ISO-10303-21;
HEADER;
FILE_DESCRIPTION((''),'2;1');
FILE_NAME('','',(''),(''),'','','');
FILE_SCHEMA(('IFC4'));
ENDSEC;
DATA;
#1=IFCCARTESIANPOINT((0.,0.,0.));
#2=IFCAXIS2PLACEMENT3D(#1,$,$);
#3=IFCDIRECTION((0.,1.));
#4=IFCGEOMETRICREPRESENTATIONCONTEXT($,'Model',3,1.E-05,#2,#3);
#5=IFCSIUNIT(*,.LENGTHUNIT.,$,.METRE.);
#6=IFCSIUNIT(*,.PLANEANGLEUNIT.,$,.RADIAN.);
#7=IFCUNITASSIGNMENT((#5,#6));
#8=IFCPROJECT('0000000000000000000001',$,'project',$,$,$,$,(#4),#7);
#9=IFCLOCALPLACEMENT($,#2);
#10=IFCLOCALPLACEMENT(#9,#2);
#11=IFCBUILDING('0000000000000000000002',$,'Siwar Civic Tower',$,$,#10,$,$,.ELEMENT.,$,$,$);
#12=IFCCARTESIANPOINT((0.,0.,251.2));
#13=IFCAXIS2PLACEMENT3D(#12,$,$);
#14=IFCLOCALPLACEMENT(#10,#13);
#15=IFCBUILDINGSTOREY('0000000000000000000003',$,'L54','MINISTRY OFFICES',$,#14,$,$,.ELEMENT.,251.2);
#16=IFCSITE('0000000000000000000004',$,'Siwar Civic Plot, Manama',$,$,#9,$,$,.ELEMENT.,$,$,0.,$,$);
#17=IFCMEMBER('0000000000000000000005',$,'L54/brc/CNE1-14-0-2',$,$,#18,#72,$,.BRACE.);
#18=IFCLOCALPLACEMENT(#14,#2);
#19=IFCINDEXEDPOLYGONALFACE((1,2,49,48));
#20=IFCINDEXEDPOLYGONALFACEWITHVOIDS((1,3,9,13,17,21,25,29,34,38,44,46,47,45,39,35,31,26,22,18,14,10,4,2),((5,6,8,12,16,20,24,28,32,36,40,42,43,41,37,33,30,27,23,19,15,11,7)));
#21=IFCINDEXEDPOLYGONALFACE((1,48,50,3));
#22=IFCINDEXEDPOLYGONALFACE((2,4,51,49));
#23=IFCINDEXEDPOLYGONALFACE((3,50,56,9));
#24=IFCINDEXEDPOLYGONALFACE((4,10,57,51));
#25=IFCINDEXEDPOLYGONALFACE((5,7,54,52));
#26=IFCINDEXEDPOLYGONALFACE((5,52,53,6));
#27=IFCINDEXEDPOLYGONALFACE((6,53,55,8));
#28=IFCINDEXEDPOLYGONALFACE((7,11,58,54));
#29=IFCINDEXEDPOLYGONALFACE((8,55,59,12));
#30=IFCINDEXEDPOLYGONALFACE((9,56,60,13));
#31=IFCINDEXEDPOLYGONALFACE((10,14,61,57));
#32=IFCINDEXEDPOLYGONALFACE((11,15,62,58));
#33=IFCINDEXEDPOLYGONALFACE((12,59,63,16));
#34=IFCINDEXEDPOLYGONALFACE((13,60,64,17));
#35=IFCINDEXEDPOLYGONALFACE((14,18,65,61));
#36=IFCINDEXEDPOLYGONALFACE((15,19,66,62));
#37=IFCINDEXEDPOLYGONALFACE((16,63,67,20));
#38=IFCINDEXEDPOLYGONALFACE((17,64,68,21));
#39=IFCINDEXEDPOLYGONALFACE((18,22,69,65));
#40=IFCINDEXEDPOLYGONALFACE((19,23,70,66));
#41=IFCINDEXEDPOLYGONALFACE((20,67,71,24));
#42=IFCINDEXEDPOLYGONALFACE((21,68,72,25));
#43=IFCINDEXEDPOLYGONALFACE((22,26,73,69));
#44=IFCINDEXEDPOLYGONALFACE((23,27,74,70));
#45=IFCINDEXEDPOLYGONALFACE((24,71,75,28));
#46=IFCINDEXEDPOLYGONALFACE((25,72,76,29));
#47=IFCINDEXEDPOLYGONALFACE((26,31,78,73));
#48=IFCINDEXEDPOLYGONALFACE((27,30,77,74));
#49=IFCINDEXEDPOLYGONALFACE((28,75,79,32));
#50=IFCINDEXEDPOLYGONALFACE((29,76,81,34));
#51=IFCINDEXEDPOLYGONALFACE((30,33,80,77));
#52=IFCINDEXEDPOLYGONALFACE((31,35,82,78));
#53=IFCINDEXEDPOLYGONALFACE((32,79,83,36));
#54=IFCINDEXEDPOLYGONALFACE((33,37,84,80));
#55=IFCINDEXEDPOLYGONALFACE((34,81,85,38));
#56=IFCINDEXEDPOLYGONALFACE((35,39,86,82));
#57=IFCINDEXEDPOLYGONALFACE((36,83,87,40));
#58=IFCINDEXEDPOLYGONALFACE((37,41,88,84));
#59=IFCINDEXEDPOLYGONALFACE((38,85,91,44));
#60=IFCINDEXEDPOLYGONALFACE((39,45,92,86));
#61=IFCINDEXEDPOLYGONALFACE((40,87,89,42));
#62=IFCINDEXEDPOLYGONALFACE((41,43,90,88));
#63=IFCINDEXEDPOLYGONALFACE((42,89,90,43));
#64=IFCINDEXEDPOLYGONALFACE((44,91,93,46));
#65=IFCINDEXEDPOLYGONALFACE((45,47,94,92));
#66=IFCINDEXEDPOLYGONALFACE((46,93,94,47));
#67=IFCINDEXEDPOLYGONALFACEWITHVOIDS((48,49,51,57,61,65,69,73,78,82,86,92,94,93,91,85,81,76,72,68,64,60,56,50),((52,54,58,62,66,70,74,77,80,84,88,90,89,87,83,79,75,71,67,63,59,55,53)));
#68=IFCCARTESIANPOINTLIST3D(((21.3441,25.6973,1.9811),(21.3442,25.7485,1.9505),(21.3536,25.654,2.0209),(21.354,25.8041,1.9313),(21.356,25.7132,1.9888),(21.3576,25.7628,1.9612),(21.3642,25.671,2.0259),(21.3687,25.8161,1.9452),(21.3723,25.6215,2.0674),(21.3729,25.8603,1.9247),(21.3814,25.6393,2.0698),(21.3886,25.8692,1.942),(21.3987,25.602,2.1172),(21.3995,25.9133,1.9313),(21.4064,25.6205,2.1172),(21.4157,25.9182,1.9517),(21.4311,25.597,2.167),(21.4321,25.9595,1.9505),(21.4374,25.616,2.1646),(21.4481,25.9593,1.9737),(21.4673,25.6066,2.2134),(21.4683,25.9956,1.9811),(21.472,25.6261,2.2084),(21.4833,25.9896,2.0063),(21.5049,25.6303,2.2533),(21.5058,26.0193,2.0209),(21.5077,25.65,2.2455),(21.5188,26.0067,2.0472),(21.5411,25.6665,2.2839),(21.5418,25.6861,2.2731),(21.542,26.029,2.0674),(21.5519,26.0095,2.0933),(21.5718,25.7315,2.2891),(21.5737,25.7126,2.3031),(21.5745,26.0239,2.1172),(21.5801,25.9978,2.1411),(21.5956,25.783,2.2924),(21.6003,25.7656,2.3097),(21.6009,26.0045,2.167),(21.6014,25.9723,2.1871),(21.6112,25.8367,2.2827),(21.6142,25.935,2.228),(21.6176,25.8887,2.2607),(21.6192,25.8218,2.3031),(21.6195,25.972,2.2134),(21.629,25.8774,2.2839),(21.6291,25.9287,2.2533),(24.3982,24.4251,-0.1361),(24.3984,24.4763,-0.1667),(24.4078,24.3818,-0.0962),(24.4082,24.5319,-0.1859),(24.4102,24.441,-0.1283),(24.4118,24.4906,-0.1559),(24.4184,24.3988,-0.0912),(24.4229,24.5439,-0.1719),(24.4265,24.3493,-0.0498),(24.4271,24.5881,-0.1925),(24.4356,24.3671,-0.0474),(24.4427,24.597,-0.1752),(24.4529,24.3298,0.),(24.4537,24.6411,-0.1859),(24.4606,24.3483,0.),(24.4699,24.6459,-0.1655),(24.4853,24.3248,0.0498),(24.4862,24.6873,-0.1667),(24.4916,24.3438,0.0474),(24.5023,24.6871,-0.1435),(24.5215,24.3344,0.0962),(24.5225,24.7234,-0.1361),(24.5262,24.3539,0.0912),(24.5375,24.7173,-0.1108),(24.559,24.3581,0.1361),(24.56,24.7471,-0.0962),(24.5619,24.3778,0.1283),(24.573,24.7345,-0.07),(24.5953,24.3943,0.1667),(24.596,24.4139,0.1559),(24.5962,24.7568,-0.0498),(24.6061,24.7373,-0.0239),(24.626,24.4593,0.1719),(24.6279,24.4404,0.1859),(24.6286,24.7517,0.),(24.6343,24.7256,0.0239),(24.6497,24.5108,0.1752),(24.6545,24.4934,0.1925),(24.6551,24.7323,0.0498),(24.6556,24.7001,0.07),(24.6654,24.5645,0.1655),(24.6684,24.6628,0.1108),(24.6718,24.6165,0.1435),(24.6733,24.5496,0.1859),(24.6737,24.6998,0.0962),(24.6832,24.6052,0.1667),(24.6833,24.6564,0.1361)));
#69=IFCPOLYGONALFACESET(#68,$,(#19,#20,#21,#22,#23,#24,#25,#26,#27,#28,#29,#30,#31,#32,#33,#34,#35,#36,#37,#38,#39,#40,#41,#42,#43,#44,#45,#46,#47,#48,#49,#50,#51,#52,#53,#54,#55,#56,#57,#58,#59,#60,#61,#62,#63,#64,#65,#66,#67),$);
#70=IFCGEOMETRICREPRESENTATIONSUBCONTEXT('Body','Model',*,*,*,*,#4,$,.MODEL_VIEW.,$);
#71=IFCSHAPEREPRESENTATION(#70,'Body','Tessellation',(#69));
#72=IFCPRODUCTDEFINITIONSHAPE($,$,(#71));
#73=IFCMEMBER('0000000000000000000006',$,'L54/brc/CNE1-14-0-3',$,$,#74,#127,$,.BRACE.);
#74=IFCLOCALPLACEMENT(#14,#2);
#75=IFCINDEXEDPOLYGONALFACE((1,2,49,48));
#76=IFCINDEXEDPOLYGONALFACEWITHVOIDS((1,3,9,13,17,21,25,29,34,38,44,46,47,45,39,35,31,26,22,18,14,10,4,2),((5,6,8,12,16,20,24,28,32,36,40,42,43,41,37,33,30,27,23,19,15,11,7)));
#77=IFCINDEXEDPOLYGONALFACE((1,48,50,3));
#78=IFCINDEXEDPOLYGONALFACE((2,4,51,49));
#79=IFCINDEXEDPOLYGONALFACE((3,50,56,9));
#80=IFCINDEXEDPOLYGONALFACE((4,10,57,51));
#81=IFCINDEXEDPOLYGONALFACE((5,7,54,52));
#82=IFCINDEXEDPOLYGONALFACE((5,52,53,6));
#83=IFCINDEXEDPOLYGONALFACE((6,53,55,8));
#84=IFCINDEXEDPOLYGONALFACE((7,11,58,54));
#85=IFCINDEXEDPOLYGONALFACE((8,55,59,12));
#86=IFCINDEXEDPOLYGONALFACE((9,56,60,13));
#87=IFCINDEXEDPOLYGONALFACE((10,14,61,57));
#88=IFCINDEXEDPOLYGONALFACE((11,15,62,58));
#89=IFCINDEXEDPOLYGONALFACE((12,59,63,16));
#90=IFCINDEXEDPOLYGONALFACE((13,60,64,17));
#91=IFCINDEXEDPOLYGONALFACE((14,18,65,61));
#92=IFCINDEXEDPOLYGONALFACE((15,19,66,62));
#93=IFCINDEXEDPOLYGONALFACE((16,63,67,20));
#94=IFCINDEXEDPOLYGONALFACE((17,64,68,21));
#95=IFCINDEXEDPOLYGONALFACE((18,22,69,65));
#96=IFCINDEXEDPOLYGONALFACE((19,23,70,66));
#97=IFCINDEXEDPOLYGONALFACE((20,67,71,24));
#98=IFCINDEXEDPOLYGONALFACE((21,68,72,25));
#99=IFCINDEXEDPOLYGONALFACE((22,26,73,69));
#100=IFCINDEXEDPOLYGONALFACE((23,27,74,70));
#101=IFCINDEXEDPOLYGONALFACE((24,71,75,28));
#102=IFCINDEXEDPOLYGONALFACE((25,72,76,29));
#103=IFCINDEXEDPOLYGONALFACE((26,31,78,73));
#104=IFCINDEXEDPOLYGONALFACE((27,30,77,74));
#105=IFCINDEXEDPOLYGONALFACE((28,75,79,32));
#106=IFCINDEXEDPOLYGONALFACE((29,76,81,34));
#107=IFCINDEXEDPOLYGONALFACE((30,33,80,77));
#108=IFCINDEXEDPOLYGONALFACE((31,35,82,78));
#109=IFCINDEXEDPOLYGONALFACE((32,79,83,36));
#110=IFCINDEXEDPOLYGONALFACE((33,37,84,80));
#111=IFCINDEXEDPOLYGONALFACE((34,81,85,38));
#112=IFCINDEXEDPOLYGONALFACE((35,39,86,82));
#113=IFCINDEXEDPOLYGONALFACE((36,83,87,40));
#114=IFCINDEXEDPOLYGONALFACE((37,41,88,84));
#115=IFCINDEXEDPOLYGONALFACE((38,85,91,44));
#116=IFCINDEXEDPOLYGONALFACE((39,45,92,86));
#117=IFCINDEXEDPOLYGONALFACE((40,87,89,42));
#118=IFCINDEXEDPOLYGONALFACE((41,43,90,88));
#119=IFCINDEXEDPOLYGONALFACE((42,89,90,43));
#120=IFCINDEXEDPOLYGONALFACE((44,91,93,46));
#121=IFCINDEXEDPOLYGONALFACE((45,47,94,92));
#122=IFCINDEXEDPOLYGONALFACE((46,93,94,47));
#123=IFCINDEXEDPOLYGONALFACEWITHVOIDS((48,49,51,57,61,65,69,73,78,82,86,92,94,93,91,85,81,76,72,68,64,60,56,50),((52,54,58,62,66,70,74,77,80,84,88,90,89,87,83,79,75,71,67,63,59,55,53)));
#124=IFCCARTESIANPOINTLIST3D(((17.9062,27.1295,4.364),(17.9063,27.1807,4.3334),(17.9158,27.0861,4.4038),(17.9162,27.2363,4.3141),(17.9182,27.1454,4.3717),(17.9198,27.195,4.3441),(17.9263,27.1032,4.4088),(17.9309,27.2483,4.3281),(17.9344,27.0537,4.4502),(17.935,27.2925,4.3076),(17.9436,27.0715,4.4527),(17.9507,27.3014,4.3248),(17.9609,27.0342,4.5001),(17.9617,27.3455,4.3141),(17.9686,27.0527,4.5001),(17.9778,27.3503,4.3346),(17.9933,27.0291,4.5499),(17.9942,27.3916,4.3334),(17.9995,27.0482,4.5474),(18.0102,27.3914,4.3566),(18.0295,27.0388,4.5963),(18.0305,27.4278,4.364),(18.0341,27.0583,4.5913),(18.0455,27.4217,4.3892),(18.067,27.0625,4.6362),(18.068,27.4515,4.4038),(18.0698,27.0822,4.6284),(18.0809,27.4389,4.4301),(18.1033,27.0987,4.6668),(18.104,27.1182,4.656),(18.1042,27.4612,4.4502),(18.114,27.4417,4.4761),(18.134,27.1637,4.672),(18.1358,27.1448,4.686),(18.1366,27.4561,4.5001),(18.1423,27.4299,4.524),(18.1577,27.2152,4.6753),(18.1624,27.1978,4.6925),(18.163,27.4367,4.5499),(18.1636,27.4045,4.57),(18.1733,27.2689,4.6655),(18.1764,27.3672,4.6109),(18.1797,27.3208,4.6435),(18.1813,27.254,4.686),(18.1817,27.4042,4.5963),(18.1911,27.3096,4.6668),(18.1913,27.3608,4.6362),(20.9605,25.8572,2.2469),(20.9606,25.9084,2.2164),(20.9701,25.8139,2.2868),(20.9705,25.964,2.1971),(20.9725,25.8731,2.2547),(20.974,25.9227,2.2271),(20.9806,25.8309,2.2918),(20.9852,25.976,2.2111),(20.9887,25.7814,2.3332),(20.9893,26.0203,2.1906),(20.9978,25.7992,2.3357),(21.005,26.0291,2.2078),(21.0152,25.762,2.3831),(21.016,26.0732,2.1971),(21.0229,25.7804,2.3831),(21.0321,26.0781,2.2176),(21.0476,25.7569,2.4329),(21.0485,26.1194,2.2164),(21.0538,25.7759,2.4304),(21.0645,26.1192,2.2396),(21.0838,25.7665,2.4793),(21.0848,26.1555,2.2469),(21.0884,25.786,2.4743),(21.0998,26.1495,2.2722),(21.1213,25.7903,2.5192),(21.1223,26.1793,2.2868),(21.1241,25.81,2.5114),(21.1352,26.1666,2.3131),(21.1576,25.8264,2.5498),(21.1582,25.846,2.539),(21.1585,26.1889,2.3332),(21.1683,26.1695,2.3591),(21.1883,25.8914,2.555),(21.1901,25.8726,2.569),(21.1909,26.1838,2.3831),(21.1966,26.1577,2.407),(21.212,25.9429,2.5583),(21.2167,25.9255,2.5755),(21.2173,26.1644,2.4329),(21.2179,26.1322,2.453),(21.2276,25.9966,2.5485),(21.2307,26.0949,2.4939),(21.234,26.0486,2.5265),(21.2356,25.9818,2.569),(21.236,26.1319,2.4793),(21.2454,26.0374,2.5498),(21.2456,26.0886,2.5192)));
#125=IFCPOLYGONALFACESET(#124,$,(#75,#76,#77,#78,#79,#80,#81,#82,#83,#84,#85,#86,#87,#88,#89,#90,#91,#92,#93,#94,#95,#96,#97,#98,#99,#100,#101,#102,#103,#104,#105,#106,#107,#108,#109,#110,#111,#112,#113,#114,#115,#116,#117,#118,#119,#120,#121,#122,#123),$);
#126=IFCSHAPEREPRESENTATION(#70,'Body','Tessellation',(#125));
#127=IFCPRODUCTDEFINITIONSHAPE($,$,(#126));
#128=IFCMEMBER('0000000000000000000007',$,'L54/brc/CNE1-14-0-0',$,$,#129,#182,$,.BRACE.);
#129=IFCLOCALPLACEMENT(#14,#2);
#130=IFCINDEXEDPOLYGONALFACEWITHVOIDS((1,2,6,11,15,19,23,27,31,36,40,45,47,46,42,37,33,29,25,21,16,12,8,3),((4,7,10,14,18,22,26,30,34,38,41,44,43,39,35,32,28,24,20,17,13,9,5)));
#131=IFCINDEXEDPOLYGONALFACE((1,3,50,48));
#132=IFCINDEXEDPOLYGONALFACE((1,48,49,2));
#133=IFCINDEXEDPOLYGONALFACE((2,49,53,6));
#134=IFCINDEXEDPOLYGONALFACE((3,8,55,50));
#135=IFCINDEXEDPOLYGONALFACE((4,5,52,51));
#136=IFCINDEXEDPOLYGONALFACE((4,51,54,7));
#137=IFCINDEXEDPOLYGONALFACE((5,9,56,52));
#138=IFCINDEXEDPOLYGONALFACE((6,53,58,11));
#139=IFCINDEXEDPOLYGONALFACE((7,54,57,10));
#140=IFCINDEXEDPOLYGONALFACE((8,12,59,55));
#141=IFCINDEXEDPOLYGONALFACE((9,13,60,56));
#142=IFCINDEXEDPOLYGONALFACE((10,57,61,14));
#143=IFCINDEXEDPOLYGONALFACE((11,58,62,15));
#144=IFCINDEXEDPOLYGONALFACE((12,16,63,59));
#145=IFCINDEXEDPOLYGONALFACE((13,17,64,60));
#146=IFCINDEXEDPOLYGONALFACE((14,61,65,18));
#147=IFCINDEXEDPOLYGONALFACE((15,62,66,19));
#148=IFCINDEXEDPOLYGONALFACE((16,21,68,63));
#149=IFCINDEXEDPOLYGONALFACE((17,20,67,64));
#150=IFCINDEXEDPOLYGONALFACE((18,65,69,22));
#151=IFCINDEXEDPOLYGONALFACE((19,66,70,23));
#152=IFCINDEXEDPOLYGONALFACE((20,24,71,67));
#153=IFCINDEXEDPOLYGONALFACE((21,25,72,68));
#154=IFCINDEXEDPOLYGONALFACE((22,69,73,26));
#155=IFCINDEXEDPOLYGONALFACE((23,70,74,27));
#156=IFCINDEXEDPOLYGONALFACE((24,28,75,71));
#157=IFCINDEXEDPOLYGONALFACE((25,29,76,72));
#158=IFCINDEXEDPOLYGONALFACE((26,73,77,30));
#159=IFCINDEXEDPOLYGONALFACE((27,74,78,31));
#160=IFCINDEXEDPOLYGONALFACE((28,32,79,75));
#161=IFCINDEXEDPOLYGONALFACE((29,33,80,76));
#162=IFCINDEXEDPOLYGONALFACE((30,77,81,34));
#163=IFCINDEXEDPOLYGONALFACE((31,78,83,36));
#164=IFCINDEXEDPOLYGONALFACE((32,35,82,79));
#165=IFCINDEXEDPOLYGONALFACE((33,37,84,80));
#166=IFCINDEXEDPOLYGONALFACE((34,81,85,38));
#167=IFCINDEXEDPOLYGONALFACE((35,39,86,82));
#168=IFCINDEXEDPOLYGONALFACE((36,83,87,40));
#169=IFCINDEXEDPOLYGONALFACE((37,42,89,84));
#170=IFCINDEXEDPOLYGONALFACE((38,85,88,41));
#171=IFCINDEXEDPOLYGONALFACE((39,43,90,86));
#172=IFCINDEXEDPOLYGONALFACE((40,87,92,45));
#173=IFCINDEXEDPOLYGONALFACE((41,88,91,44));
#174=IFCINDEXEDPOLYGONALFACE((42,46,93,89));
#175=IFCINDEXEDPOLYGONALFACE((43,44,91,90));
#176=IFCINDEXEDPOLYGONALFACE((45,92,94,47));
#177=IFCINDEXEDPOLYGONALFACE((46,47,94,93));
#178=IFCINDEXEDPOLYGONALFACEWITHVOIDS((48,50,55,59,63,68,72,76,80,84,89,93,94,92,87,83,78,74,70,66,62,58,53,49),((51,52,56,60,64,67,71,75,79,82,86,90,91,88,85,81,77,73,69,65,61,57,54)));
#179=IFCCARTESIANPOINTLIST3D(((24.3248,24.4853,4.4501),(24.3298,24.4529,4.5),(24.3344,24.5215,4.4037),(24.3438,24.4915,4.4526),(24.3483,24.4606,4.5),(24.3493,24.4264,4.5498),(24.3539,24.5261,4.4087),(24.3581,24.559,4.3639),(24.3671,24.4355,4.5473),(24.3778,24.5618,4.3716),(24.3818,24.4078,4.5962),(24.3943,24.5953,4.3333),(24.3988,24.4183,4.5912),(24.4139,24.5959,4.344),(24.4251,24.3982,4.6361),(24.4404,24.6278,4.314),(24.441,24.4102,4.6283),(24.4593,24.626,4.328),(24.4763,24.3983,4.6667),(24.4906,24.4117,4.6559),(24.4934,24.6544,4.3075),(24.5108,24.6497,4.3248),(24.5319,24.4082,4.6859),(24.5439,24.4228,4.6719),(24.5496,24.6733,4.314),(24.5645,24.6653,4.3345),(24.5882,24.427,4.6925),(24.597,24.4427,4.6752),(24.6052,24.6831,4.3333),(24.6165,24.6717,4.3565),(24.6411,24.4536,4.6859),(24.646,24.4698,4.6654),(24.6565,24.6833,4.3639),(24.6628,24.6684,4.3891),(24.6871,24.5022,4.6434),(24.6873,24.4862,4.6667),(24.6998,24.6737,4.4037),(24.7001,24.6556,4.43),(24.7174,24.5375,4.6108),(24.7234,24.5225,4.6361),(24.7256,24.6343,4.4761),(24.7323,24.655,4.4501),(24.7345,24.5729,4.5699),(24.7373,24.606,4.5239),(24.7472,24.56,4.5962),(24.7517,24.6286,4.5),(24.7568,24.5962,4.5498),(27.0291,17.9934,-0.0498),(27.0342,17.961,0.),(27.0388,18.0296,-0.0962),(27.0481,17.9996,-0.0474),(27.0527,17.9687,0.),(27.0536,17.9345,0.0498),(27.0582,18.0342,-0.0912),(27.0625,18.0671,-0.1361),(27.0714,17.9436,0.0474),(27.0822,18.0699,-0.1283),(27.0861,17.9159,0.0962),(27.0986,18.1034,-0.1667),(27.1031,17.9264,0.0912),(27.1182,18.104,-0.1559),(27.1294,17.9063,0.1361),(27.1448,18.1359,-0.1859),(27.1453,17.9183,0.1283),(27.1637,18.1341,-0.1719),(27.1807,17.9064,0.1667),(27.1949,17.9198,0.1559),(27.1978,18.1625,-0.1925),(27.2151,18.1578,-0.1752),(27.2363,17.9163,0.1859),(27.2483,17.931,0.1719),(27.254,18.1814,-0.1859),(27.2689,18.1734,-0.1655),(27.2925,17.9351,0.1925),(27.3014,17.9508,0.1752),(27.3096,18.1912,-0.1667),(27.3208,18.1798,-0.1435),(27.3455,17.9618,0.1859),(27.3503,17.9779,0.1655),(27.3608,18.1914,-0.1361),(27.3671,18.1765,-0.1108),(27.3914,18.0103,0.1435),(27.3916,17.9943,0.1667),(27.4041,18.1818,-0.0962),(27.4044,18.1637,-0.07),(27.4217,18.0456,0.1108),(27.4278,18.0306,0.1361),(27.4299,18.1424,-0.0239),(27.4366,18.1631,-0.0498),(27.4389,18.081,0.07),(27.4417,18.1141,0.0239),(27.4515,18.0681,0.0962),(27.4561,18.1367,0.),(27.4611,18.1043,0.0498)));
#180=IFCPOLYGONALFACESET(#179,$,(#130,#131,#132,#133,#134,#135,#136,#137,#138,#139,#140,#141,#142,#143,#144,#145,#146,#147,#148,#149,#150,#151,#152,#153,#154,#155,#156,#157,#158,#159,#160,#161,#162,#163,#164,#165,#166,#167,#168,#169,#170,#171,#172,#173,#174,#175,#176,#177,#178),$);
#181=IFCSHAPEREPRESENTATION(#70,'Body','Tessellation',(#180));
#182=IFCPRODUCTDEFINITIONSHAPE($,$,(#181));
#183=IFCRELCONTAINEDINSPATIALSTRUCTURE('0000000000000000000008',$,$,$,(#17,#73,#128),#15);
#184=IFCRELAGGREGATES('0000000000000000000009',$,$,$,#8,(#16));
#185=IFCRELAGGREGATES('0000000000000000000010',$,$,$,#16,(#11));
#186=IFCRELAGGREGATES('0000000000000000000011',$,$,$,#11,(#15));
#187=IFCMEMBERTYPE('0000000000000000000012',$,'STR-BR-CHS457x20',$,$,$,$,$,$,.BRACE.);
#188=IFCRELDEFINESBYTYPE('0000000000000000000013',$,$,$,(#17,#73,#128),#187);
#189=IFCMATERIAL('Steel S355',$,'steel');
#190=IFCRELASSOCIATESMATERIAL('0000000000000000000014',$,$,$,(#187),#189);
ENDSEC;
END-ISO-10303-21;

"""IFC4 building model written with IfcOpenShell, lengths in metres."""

from ifc_helpers import new_model, si_unit, direction, frame, origin, origin_2d, place, context, subcontext, project, spatial, hollow_circle, extrude, material, material_profile, profile_set, type_object, element, save


model = new_model("IFC4")

# Units and contexts
model_context = context("Model", 3, precision=1e-05, world=origin(), true_north=direction((0.0, 1.0)))
body_context = subcontext(model_context, "Body", "Model", "MODEL_VIEW")
ifc_project = project(units=[si_unit("LENGTHUNIT", "METRE"), si_unit("PLANEANGLEUNIT", "RADIAN")], contexts=[model_context])

# Site, building, storey
site_placement = place(None, origin())
site = spatial("IfcSite", under=ifc_project, at=site_placement, Name="Siwar Civic Plot, Manama", CompositionType="ELEMENT", RefElevation=0.0)
building_placement = place(site_placement, origin())
building = spatial("IfcBuilding", under=site, at=building_placement, Name="Siwar Civic Tower", CompositionType="ELEMENT")
storey_placement = place(building_placement, frame((0.0, 0.0, 251.2)))
storey = spatial("IfcBuildingStorey", under=building, at=storey_placement, Name="L54", Description="MINISTRY OFFICES", CompositionType="ELEMENT", Elevation=251.2)

# Members
ifc_material_1 = material(Name="Steel S355", Category="steel")
ifc_material_profile_1 = material_profile(ifc_material_1, hollow_circle(Radius=0.2285, WallThickness=0.02, at=origin_2d()), Name="CHS457x20")
ifc_profile_set_1 = profile_set([ifc_material_profile_1], Name="Steel S355")
member_type_1 = type_object("IfcMemberType", Name="STR-BR-CHS457x20", PredefinedType="BRACE", material=ifc_profile_set_1)
for number, where, z_axis, x_axis, name in (
    (1, (24.5408, 24.5408, 0.0), (-0.777546, 0.323884, 0.538999), (-0.384521, -0.923116, 0.0), "L54/brc/CNE1-14-0-2"),
    (2, (21.103, 25.9729, 2.3831), (-0.777572, 0.323895, 0.538955), (-0.384521, -0.923116, 0.0), "L54/brc/CNE1-14-0-3"),
):
    element("IfcMember", number, at=place(storey_placement, frame(where, z_axis=z_axis, x_axis=x_axis)), inside=storey, type_object=member_type_1, Name=name, PredefinedType="BRACE", context=body_context, shape_type="SweptSolid", body=[
        extrude(hollow_circle(Radius=0.2285, WallThickness=0.02, at=origin_2d()), origin(), (0.0, 0.0, 1.0), 3.928),
    ])
member_1_placement = place(storey_placement, frame((27.2451, 18.0488, 0.0), z_axis=(-0.323906, 0.777555, 0.538975), x_axis=(-0.923109, -0.384539, 0.0)))
element("IfcMember", 3, at=member_1_placement, inside=storey, type_object=member_type_1, Name="L54/brc/CNE1-14-0-0", PredefinedType="BRACE", context=body_context, shape_type="SweptSolid", body=[
    extrude(hollow_circle(Radius=0.2285, WallThickness=0.02, at=origin_2d()), origin(), (0.0, 0.0, 1.0), 8.3491),
])

save(model, "model.ifc")
